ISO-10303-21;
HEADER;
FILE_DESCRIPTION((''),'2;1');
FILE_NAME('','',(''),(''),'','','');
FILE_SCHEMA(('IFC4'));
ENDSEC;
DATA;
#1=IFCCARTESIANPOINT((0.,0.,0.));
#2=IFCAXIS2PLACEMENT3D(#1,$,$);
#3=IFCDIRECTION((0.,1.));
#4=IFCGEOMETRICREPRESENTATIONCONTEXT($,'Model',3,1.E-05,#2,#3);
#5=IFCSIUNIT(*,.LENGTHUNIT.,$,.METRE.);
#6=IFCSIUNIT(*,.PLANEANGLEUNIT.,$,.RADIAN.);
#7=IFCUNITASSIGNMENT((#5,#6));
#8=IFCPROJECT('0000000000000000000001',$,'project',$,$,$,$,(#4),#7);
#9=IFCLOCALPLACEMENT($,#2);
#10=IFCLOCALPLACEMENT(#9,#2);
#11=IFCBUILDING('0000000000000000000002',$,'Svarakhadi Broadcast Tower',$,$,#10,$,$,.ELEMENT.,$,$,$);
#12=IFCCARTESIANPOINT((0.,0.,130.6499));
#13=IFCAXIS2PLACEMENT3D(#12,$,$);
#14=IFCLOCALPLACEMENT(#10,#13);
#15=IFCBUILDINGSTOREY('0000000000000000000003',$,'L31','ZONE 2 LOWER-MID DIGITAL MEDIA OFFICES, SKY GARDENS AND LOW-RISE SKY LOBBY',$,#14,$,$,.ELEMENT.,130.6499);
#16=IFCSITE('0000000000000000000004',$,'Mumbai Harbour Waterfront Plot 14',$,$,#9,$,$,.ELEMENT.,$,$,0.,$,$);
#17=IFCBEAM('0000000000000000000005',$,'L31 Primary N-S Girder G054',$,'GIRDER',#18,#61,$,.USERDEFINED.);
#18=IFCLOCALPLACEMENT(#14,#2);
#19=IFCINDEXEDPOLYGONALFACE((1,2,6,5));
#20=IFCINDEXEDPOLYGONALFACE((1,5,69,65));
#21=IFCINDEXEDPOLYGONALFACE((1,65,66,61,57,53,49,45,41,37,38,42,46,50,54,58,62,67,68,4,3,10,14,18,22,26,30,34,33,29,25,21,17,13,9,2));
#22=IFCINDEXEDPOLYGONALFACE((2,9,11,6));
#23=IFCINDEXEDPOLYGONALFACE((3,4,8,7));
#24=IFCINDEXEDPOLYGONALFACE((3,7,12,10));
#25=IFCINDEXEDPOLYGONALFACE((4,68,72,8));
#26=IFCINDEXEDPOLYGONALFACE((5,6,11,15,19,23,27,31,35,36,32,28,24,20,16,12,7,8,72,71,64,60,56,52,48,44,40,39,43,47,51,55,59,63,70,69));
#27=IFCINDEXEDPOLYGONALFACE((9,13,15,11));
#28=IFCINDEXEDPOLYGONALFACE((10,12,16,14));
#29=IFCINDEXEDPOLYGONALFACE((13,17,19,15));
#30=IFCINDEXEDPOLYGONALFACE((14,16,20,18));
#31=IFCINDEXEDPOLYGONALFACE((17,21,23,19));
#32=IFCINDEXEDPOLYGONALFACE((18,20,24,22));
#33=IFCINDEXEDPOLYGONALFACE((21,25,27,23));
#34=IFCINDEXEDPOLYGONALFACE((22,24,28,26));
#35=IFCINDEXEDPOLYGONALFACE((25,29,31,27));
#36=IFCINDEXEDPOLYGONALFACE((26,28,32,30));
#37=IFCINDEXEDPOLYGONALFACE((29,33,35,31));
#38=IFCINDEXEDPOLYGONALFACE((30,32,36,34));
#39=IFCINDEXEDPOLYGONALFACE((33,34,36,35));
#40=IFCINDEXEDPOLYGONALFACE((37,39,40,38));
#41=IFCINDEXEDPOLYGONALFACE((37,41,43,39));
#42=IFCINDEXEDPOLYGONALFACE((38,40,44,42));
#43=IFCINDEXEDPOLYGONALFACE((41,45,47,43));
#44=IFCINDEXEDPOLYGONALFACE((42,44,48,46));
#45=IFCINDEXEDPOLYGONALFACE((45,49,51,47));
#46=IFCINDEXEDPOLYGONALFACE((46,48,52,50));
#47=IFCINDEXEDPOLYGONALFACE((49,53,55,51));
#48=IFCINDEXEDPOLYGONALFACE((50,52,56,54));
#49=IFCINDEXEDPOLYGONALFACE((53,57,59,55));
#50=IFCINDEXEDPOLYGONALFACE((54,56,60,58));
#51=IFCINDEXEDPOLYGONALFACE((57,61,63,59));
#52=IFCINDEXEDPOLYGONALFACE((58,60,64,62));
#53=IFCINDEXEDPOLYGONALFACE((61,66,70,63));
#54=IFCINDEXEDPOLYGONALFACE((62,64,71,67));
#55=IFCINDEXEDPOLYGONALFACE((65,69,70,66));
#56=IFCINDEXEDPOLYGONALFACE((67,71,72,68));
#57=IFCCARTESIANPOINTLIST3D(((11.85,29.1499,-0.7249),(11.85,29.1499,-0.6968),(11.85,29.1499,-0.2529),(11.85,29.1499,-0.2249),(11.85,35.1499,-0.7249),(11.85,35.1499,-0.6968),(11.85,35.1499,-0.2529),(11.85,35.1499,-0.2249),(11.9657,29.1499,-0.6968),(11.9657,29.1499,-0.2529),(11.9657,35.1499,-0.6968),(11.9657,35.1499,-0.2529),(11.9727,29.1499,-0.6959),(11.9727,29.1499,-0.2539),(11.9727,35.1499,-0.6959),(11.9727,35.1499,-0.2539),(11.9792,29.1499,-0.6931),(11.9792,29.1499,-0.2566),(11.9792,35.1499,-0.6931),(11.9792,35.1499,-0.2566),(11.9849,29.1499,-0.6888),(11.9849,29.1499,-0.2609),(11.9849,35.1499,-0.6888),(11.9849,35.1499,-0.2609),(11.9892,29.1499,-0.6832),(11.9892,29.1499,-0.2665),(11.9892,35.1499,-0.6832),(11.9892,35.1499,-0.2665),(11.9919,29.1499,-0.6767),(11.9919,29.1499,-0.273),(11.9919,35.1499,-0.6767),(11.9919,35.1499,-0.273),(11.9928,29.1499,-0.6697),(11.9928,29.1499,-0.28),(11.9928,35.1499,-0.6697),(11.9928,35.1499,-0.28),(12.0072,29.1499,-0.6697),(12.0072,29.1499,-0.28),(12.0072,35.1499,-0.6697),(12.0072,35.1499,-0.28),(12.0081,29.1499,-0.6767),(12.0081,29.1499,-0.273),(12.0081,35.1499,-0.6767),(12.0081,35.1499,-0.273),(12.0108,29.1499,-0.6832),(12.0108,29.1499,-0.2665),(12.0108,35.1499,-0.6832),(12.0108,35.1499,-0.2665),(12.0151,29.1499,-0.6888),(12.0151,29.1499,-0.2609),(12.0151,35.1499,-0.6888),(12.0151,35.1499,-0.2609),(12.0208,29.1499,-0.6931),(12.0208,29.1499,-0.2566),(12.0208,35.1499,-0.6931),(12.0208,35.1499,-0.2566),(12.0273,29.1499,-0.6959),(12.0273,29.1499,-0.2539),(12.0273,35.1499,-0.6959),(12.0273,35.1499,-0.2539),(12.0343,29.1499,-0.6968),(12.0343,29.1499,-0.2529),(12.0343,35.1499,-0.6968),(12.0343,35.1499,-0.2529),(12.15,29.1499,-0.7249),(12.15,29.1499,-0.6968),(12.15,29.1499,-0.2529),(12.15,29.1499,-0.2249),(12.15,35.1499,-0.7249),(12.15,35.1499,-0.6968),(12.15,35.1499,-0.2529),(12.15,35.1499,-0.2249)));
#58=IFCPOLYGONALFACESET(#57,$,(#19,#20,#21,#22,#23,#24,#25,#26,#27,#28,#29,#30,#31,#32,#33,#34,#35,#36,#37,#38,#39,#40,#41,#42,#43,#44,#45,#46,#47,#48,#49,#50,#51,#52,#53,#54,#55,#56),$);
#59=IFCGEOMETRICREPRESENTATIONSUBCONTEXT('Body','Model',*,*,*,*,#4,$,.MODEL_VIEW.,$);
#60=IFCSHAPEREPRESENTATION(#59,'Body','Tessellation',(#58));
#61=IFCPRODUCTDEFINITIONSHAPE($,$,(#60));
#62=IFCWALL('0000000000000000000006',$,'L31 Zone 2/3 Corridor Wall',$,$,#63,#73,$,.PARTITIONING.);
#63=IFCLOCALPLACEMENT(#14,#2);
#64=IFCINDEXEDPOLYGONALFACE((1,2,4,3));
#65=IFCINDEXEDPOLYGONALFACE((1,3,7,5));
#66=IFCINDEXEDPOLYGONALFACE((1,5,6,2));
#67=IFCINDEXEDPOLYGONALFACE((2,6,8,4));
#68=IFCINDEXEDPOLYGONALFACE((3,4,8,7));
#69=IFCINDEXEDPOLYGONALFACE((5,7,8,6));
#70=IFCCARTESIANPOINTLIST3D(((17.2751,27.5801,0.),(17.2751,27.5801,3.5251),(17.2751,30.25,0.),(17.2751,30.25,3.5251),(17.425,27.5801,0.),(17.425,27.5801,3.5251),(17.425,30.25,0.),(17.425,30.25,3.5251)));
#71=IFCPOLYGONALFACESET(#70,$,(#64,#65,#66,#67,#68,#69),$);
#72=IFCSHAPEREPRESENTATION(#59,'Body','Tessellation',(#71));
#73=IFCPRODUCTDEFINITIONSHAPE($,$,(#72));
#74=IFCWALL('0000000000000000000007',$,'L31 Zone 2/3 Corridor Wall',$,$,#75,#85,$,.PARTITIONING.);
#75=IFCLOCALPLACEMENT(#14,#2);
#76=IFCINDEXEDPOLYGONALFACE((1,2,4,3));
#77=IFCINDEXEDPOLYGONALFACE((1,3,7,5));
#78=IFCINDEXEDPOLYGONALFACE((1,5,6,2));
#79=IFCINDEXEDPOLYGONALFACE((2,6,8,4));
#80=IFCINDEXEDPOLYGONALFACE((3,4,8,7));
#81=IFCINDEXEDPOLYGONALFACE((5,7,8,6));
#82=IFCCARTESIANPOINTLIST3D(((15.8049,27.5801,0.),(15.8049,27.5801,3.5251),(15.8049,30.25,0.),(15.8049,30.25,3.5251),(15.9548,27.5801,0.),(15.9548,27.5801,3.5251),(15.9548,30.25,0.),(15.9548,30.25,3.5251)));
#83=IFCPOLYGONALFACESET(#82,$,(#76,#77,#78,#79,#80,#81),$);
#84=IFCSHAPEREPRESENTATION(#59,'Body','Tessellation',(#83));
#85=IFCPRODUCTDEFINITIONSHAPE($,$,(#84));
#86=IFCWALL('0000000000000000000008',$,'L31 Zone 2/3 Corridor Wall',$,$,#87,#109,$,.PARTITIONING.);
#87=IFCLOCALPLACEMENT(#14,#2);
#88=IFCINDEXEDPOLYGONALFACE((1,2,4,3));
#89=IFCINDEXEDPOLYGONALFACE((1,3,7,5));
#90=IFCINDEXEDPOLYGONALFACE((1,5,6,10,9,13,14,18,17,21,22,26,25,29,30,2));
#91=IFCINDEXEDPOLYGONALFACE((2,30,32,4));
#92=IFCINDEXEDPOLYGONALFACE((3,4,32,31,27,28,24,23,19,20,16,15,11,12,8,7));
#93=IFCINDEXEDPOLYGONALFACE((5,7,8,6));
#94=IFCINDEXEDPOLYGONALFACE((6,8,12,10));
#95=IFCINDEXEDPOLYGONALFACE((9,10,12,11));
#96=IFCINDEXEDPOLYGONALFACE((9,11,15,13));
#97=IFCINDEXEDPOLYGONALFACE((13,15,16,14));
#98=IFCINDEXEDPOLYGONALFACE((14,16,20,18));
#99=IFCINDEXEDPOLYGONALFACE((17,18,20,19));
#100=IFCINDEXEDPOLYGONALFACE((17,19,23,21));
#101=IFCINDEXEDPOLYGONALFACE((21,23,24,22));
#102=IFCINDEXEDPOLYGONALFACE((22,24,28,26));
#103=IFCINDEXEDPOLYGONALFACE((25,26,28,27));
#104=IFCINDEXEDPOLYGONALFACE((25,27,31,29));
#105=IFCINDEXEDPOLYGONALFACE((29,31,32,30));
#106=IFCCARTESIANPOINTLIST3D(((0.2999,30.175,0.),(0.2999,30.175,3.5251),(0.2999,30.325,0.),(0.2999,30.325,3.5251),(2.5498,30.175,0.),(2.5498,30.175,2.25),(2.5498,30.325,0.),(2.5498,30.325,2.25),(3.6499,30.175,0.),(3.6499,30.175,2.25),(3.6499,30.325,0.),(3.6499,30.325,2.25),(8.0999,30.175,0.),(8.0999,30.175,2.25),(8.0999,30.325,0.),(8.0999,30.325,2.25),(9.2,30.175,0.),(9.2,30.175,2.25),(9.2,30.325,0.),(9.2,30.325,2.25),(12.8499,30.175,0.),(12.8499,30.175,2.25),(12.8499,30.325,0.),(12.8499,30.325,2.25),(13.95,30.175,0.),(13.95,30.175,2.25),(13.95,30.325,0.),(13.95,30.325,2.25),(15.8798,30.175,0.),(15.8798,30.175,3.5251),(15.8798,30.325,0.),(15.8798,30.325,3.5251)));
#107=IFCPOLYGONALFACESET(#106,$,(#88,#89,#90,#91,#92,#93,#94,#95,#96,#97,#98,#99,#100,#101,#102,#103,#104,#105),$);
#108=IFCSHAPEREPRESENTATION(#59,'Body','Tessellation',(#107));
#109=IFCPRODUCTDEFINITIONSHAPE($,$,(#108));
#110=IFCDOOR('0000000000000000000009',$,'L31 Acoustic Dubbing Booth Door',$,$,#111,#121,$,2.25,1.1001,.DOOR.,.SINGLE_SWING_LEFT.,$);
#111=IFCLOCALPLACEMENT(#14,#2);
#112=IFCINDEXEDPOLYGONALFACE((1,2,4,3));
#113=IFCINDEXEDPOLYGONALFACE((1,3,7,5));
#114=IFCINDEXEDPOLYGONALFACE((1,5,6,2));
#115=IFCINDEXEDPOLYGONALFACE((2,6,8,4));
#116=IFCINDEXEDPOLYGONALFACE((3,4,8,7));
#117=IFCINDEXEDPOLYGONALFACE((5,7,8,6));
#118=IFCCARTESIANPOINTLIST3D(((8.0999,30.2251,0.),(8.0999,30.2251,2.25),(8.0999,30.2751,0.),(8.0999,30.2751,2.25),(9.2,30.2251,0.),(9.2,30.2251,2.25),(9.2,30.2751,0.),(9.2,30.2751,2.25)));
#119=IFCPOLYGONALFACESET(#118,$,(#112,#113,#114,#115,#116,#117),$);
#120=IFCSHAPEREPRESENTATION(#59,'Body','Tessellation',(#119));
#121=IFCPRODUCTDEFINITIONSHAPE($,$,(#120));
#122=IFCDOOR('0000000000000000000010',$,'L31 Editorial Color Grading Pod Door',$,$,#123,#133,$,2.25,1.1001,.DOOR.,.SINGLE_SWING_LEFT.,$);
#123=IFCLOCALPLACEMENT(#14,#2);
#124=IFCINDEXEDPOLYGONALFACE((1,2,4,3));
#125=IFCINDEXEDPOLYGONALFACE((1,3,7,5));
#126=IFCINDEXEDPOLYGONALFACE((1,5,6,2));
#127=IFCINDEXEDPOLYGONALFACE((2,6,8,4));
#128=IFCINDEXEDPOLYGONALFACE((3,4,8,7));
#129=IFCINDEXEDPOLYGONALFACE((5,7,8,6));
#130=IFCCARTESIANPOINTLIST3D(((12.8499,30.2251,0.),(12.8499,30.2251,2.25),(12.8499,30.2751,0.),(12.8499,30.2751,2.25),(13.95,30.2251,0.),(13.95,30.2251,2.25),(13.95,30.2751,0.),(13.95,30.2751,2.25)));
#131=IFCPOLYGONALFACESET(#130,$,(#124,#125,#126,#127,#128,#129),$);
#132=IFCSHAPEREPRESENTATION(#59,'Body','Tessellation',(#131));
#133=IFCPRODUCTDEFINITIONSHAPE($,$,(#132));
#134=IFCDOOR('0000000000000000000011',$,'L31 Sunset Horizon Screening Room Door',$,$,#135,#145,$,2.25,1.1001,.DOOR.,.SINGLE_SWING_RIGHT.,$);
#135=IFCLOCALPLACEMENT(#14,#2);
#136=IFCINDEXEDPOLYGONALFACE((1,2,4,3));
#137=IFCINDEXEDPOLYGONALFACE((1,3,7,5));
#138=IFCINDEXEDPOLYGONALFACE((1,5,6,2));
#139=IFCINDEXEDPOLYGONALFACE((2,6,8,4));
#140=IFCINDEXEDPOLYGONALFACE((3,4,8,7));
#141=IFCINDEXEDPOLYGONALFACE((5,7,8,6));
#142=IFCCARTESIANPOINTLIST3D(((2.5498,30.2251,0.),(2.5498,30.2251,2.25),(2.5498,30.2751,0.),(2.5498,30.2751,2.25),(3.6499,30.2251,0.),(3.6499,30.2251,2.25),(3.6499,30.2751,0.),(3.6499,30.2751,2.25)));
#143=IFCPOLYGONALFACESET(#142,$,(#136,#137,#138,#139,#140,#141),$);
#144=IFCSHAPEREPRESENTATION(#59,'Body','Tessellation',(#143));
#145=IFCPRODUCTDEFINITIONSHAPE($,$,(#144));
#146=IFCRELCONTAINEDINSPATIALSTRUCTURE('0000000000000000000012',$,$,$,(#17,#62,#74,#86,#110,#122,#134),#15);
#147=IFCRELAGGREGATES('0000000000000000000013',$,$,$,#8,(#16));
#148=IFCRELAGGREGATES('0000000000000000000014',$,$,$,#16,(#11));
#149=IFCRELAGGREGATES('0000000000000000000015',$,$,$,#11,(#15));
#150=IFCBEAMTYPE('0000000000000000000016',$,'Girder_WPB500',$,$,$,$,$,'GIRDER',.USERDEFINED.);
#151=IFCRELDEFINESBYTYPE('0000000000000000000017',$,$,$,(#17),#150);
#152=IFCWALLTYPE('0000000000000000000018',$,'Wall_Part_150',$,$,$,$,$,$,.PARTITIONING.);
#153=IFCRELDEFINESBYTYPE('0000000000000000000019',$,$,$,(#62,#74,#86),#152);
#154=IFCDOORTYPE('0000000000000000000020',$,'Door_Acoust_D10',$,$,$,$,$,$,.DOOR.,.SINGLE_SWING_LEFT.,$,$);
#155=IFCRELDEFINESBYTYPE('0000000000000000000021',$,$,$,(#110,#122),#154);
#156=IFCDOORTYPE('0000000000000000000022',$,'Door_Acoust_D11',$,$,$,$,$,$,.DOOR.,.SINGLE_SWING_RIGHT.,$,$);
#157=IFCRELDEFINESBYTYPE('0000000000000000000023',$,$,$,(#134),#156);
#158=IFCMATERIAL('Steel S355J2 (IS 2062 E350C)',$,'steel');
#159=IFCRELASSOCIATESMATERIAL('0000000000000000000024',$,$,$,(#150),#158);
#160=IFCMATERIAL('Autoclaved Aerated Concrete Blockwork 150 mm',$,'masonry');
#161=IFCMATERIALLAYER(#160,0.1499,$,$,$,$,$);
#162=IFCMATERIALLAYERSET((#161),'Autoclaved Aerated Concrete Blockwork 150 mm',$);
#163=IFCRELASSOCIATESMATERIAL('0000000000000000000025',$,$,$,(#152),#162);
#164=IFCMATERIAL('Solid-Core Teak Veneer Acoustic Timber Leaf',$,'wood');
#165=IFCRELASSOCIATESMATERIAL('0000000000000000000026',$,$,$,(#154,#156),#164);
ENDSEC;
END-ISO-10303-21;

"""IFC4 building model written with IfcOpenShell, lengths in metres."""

from ifc_helpers import new_model, si_unit, direction, frame, frame_2d, origin, origin_2d, place, context, subcontext, project, spatial, rectangle, i_section, extrude, material, layer, layer_set, material_profile, profile_set, type_object, element, fill, save


model = new_model("IFC4")

# Units and contexts
model_context = context("Model", 3, precision=1e-05, world=origin(), true_north=direction((0.0, 1.0)))
body_context = subcontext(model_context, "Body", "Model", "MODEL_VIEW")
ifc_project = project(units=[si_unit("LENGTHUNIT", "METRE"), si_unit("PLANEANGLEUNIT", "RADIAN")], contexts=[model_context])

# Site, building, storey
site_placement = place(None, origin())
site = spatial("IfcSite", under=ifc_project, at=site_placement, Name="Mumbai Harbour Waterfront Plot 14", CompositionType="ELEMENT", RefElevation=0.0)
building_placement = place(site_placement, origin())
building = spatial("IfcBuilding", under=site, at=building_placement, Name="Svarakhadi Broadcast Tower", CompositionType="ELEMENT")
storey_placement = place(building_placement, frame((0.0, 0.0, 130.6499)))
storey = spatial("IfcBuildingStorey", under=building, at=storey_placement, Name="L31", Description="ZONE 2 LOWER-MID DIGITAL MEDIA OFFICES, SKY GARDENS AND LOW-RISE SKY LOBBY", CompositionType="ELEMENT", Elevation=130.6499)

# Beam
ifc_material_1 = material(Name="Steel S355J2 (IS 2062 E350C)", Category="steel")
ifc_material_profile_1 = material_profile(ifc_material_1, i_section(OverallWidth=0.3, OverallDepth=0.5, WebThickness=0.0144, FlangeThickness=0.0281, FilletRadius=0.0271, at=origin_2d()), Name="WPB 500x300x187")
ifc_profile_set_1 = profile_set([ifc_material_profile_1], Name="Steel S355J2 (IS 2062 E350C)")
beam_type_1 = type_object("IfcBeamType", Name="Girder_WPB500", ElementType="GIRDER", PredefinedType="USERDEFINED", material=ifc_profile_set_1)
for number, where, z_axis, x_axis, name in (
    (1, (12.0, 29.1499, -0.4749), (0.0, 1.0, 0.0), (-1.0, 0.0, 0.0), "L31 Primary N-S Girder G054"),
):
    element("IfcBeam", number, at=place(storey_placement, frame(where, z_axis=z_axis, x_axis=x_axis)), inside=storey, type_object=beam_type_1, Name=name, ObjectType="GIRDER", PredefinedType="USERDEFINED", context=body_context, shape_type="SweptSolid", body=[
        extrude(i_section(OverallWidth=0.3, OverallDepth=0.5, WebThickness=0.0144, FlangeThickness=0.0281, FilletRadius=0.0271, at=origin_2d()), origin(), (0.0, 0.0, 1.0), 6.0),
    ])

# Shared definitions
ifc_material_2 = material(Name="Autoclaved Aerated Concrete Blockwork 150 mm", Category="masonry")
ifc_layer_1 = layer(ifc_material_2, 0.1499)
ifc_layer_set_1 = layer_set([ifc_layer_1], Name="Autoclaved Aerated Concrete Blockwork 150 mm")
wall_type_1 = type_object("IfcWallType", Name="Wall_Part_150", PredefinedType="PARTITIONING", material=ifc_layer_set_1)

# Walls
for number, where, z_axis, x_axis, name in (
    (2, (17.3501, 30.25, 0.0), (0.0, 0.0, 1.0), (0.0, -1.0, 0.0), "L31 Zone 2/3 Corridor Wall"),
    (3, (15.8799, 27.5801, 0.0), (0.0, 0.0, 1.0), (0.0, 1.0, 0.0), "L31 Zone 2/3 Corridor Wall"),
):
    element("IfcWall", number, at=place(storey_placement, frame(where, z_axis=z_axis, x_axis=x_axis)), inside=storey, type_object=wall_type_1, Name=name, PredefinedType="PARTITIONING", context=body_context, shape_type="SweptSolid", body=[
        extrude(rectangle(XDim=2.6699, YDim=0.1499, at=frame_2d((1.335, 0.0))), origin(), (0.0, 0.0, 1.0), 3.5251),
    ])

# Wall, openings, doors
wall_1_placement = place(storey_placement, frame((15.8799, 30.25, 0.0), z_axis=(0.0, 0.0, 1.0), x_axis=(-1.0, 0.0, 0.0)))
wall_1 = element("IfcWall", 4, at=wall_1_placement, inside=storey, type_object=wall_type_1, Name="L31 Zone 2/3 Corridor Wall", PredefinedType="PARTITIONING", context=body_context, shape_type="SweptSolid", body=[
    extrude(rectangle(XDim=15.5798, YDim=0.1499, at=frame_2d((7.79, 0.0))), origin(), (0.0, 0.0, 1.0), 3.5251),
])
opening_1_placement = place(wall_1_placement, frame((12.23, 0.0, 0.0)))
opening_1 = element("IfcOpeningElement", 5, at=opening_1_placement, cuts=wall_1, PredefinedType="OPENING", context=body_context, shape_type="SweptSolid", body=[
    extrude(rectangle(XDim=1.1001, YDim=2.25, at=frame_2d((0.55, 1.125))), frame((0.0, 0.085, 0.0), z_axis=(0.0, -1.0, 0.0), x_axis=(1.0, 0.0, 0.0)), (0.0, 0.0, 1.0), 0.1699),
])
opening_2_placement = place(wall_1_placement, frame((6.6799, 0.0, 0.0)))
opening_2 = element("IfcOpeningElement", 6, at=opening_2_placement, cuts=wall_1, PredefinedType="OPENING", context=body_context, shape_type="SweptSolid", body=[
    extrude(rectangle(XDim=1.1001, YDim=2.25, at=frame_2d((0.55, 1.125))), frame((0.0, 0.085, 0.0), z_axis=(0.0, -1.0, 0.0), x_axis=(1.0, 0.0, 0.0)), (0.0, 0.0, 1.0), 0.1699),
])
opening_3_placement = place(wall_1_placement, frame((1.9299, 0.0, 0.0)))
opening_3 = element("IfcOpeningElement", 7, at=opening_3_placement, cuts=wall_1, PredefinedType="OPENING", context=body_context, shape_type="SweptSolid", body=[
    extrude(rectangle(XDim=1.1001, YDim=2.25, at=frame_2d((0.55, 1.125))), frame((0.0, 0.085, 0.0), z_axis=(0.0, -1.0, 0.0), x_axis=(1.0, 0.0, 0.0)), (0.0, 0.0, 1.0), 0.1699),
])
ifc_material_3 = material(Name="Solid-Core Teak Veneer Acoustic Timber Leaf", Category="wood")
door_type_1 = type_object("IfcDoorType", Name="Door_Acoust_D10", OperationType="SINGLE_SWING_LEFT", PredefinedType="DOOR", material=ifc_material_3)
door_1_placement = place(opening_2_placement, origin())
door_1 = element("IfcDoor", 8, at=door_1_placement, inside=storey, type_object=door_type_1, Name="L31 Acoustic Dubbing Booth Door", OperationType="SINGLE_SWING_LEFT", OverallHeight=2.25, OverallWidth=1.1001, PredefinedType="DOOR", context=body_context, shape_type="SweptSolid", body=[
    extrude(rectangle(XDim=1.1001, YDim=2.25, at=frame_2d((0.55, 1.125))), frame((0.0, 0.0249, 0.0), z_axis=(0.0, -1.0, 0.0), x_axis=(1.0, 0.0, 0.0)), (0.0, 0.0, 1.0), 0.05),
])
fill(opening_2, door_1)
door_2_placement = place(opening_3_placement, origin())
door_2 = element("IfcDoor", 9, at=door_2_placement, inside=storey, type_object=door_type_1, Name="L31 Editorial Color Grading Pod Door", OperationType="SINGLE_SWING_LEFT", OverallHeight=2.25, OverallWidth=1.1001, PredefinedType="DOOR", context=body_context, shape_type="SweptSolid", body=[
    extrude(rectangle(XDim=1.1001, YDim=2.25, at=frame_2d((0.55, 1.125))), frame((0.0, 0.0249, 0.0), z_axis=(0.0, -1.0, 0.0), x_axis=(1.0, 0.0, 0.0)), (0.0, 0.0, 1.0), 0.05),
])
fill(opening_3, door_2)
door_type_2 = type_object("IfcDoorType", Name="Door_Acoust_D11", OperationType="SINGLE_SWING_RIGHT", PredefinedType="DOOR", material=ifc_material_3)
door_3_placement = place(opening_1_placement, origin())
door_3 = element("IfcDoor", 10, at=door_3_placement, inside=storey, type_object=door_type_2, Name="L31 Sunset Horizon Screening Room Door", OperationType="SINGLE_SWING_RIGHT", OverallHeight=2.25, OverallWidth=1.1001, PredefinedType="DOOR", context=body_context, shape_type="SweptSolid", body=[
    extrude(rectangle(XDim=1.1001, YDim=2.25, at=frame_2d((0.55, 1.125))), frame((0.0, 0.0249, 0.0), z_axis=(0.0, -1.0, 0.0), x_axis=(1.0, 0.0, 0.0)), (0.0, 0.0, 1.0), 0.05),
])
fill(opening_1, door_3)

save(model, "model.ifc")
